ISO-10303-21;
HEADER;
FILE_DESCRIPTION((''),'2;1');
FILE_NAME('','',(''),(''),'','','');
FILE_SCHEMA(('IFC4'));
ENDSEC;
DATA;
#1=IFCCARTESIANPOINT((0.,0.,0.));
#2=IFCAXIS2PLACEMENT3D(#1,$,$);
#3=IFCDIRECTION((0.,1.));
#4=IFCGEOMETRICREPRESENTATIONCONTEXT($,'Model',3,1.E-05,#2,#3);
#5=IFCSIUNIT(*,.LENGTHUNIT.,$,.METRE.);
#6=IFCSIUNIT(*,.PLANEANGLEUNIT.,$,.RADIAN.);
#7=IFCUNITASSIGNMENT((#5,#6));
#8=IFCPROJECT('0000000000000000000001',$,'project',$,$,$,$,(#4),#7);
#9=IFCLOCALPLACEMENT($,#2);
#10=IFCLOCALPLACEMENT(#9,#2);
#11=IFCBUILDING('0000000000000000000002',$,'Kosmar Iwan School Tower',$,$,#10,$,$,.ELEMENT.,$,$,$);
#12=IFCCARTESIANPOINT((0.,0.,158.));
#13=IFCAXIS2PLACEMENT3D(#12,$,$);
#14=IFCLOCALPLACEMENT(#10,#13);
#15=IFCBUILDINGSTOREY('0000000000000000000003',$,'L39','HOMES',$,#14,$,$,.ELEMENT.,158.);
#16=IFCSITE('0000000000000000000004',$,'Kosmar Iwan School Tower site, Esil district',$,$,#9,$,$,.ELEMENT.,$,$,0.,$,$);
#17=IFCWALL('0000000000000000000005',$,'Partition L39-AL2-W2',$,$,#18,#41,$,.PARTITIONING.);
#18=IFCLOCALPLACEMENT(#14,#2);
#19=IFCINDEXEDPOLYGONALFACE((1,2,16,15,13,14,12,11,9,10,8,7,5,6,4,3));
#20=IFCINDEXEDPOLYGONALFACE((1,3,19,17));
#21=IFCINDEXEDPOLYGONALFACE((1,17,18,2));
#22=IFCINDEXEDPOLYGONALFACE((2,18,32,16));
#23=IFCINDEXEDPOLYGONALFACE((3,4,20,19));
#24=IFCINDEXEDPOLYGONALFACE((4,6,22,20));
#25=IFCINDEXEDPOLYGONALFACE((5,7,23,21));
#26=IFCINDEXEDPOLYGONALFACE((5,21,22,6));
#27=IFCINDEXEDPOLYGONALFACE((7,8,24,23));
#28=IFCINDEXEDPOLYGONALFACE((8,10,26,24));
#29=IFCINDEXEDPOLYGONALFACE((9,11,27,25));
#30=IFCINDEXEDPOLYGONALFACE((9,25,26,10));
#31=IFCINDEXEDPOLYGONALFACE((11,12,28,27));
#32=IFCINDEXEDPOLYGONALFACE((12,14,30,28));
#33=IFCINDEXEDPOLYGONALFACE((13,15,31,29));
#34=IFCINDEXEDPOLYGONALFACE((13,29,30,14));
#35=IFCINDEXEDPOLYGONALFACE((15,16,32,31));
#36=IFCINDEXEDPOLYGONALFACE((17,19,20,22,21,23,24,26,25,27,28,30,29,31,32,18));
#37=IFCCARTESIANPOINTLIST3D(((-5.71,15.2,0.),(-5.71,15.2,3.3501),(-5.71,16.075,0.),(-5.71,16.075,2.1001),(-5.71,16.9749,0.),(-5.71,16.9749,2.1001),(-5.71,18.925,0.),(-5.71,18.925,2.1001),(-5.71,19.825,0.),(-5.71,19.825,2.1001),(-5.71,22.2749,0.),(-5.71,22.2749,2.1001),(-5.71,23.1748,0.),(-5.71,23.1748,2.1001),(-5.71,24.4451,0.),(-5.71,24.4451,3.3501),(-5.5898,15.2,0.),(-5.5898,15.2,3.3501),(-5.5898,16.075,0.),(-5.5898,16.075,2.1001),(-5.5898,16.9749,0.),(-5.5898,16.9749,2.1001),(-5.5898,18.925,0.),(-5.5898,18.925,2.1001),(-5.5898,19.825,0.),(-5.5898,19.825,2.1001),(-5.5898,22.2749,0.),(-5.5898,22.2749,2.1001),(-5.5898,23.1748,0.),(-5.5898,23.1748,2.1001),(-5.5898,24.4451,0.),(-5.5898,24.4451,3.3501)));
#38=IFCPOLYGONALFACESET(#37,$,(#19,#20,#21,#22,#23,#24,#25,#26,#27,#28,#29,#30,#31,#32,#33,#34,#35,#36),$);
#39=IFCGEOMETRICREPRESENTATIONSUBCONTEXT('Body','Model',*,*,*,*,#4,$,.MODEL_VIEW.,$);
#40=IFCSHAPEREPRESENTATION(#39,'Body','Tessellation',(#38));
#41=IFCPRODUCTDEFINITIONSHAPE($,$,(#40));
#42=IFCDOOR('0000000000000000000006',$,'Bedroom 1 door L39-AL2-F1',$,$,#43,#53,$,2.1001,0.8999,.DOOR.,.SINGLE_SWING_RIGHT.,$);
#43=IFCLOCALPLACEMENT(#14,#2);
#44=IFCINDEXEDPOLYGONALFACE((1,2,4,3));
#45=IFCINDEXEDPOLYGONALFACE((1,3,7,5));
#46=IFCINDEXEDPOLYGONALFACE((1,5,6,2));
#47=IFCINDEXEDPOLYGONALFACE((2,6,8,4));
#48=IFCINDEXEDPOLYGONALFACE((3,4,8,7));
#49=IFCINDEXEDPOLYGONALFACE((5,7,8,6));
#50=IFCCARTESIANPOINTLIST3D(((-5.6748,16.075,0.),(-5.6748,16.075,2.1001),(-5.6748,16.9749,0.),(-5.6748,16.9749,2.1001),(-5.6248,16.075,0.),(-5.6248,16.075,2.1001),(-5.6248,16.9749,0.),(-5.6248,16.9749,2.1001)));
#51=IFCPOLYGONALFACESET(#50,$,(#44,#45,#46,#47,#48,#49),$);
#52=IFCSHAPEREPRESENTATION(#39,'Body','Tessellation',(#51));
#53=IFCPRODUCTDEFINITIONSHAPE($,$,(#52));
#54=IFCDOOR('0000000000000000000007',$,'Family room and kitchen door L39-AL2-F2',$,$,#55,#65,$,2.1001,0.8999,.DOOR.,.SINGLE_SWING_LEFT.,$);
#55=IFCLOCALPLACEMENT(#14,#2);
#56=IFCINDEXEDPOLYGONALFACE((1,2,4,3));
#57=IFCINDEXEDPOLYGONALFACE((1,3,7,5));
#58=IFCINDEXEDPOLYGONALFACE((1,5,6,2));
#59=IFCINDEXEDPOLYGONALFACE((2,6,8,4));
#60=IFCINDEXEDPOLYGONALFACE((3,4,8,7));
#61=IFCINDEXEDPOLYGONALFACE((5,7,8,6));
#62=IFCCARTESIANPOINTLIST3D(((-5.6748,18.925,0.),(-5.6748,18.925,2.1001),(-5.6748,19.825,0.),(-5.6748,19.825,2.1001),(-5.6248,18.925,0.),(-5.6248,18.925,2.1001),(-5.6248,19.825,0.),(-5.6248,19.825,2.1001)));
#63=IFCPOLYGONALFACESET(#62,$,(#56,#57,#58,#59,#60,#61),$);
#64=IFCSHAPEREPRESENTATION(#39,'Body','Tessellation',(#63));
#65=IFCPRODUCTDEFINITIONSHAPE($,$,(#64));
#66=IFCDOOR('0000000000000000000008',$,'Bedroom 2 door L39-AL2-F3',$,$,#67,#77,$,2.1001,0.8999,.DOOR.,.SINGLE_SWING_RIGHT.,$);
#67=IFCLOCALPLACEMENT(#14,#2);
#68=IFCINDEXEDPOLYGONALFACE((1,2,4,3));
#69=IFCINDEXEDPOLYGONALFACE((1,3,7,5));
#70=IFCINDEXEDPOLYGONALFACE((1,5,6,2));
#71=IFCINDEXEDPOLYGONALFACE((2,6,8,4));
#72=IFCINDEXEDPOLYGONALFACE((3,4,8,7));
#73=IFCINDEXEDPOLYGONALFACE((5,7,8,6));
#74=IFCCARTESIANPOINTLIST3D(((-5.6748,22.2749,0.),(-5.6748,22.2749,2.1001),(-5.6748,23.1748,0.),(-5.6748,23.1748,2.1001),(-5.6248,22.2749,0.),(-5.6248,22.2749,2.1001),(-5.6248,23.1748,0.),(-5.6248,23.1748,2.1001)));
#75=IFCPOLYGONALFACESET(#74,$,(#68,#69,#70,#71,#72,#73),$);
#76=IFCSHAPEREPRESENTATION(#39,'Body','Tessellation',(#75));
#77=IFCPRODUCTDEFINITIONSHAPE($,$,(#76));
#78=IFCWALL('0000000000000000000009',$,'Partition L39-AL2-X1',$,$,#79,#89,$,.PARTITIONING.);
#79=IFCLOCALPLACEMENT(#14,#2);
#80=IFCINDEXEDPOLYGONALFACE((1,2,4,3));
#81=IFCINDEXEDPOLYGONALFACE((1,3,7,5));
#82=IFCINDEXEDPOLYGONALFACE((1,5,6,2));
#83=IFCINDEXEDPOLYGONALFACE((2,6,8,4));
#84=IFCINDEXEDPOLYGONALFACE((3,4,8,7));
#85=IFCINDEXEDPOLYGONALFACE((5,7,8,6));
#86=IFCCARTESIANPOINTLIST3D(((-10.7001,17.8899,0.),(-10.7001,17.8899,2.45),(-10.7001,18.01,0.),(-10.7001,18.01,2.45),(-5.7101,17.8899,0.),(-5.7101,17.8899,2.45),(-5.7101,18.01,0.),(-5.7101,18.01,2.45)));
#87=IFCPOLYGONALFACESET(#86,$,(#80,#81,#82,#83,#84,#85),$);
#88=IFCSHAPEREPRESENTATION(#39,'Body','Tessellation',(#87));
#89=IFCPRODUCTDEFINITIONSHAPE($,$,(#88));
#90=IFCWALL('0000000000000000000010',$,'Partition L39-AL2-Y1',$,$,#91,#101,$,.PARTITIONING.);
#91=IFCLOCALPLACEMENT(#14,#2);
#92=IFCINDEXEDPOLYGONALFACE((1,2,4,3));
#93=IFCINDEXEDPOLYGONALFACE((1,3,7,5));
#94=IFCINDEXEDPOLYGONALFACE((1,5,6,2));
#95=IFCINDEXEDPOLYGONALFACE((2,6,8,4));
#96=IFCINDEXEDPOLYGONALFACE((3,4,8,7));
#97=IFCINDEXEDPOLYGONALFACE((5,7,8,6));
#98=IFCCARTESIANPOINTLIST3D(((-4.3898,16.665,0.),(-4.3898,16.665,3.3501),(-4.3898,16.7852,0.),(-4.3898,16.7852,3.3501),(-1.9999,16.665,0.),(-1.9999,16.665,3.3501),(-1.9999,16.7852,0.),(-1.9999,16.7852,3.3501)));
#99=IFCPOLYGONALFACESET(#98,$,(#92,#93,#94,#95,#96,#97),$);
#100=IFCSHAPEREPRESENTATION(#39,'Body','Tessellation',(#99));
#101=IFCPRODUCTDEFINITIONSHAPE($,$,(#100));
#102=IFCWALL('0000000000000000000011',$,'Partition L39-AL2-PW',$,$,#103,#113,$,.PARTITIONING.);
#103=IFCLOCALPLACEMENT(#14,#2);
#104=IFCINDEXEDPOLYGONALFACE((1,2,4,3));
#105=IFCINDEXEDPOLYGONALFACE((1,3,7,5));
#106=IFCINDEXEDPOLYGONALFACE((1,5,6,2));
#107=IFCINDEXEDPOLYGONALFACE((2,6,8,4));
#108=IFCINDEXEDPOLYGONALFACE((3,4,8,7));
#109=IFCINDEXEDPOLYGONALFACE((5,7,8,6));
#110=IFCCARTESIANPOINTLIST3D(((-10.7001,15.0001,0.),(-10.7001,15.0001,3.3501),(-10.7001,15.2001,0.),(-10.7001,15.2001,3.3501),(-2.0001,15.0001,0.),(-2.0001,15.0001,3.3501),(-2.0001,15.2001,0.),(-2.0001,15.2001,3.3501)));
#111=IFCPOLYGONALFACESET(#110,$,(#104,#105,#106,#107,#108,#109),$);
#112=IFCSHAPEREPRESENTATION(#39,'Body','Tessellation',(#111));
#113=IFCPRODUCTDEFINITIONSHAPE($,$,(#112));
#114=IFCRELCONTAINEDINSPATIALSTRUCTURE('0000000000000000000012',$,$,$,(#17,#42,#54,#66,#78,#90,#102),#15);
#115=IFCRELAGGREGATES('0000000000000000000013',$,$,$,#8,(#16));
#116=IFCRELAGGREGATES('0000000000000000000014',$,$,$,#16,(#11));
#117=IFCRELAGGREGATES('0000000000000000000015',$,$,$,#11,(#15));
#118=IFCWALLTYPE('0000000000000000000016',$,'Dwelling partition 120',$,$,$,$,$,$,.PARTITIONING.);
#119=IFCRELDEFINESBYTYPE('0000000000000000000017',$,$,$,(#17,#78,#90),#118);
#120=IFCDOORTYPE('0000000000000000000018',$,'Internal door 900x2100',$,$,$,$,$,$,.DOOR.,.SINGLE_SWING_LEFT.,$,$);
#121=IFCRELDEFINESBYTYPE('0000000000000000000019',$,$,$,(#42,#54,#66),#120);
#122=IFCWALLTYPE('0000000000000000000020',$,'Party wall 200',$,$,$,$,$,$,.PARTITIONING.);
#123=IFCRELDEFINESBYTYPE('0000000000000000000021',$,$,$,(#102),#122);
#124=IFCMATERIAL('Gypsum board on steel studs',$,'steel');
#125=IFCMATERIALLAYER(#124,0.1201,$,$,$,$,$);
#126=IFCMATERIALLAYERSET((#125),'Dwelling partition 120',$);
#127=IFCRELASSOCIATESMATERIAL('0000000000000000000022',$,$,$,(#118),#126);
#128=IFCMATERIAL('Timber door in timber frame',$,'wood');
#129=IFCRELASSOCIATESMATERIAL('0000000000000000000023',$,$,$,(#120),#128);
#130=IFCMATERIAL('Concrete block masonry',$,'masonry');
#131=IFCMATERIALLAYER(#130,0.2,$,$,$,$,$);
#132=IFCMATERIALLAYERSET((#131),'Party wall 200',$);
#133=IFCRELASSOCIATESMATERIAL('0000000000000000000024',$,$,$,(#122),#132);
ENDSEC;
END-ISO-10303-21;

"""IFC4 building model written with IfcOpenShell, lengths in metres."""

from ifc_helpers import new_model, si_unit, direction, frame, frame_2d, origin, place, context, subcontext, project, spatial, rectangle, extrude, material, layer, layer_set, type_object, element, fill, save


model = new_model("IFC4")

# Units and contexts
model_context = context("Model", 3, precision=1e-05, world=origin(), true_north=direction((0.0, 1.0)))
body_context = subcontext(model_context, "Body", "Model", "MODEL_VIEW")
ifc_project = project(units=[si_unit("LENGTHUNIT", "METRE"), si_unit("PLANEANGLEUNIT", "RADIAN")], contexts=[model_context])

# Site, building, storey
site_placement = place(None, origin())
site = spatial("IfcSite", under=ifc_project, at=site_placement, Name="Kosmar Iwan School Tower site, Esil district", CompositionType="ELEMENT", RefElevation=0.0)
building_placement = place(site_placement, origin())
building = spatial("IfcBuilding", under=site, at=building_placement, Name="Kosmar Iwan School Tower", CompositionType="ELEMENT")
storey_placement = place(building_placement, frame((0.0, 0.0, 158.0)))
storey = spatial("IfcBuildingStorey", under=building, at=storey_placement, Name="L39", Description="HOMES", CompositionType="ELEMENT", Elevation=158.0)

# Shared definitions
ifc_material_1 = material(Name="Gypsum board on steel studs", Category="steel")
ifc_layer_1 = layer(ifc_material_1, 0.1201)
ifc_layer_set_1 = layer_set([ifc_layer_1], Name="Dwelling partition 120")
wall_type_1 = type_object("IfcWallType", Name="Dwelling partition 120", PredefinedType="PARTITIONING", material=ifc_layer_set_1)

# Wall, openings, doors
ifc_material_2 = material(Name="Timber door in timber frame", Category="wood")
door_type_1 = type_object("IfcDoorType", Name="Internal door 900x2100", OperationType="SINGLE_SWING_LEFT", PredefinedType="DOOR", material=ifc_material_2)
wall_1_placement = place(storey_placement, frame((-5.6499, 15.2, 0.0), z_axis=(0.0, 0.0, 1.0), x_axis=(0.0, 1.0, 0.0)))
wall_1 = element("IfcWall", 1, at=wall_1_placement, inside=storey, type_object=wall_type_1, Name="Partition L39-AL2-W2", PredefinedType="PARTITIONING", context=body_context, shape_type="SweptSolid", body=[
    extrude(rectangle(XDim=9.2451, YDim=0.1201, at=frame_2d((4.6226, 0.0))), origin(), (0.0, 0.0, 1.0), 3.3501),
])
opening_1_placement = place(wall_1_placement, frame((0.875, 0.0, 0.0)))
opening_1 = element("IfcOpeningElement", 2, at=opening_1_placement, cuts=wall_1, PredefinedType="OPENING", context=body_context, shape_type="SweptSolid", body=[
    extrude(rectangle(XDim=0.8999, YDim=2.1001, at=frame_2d((0.45, 1.05))), frame((0.0, 0.072, 0.0), z_axis=(0.0, -1.0, 0.0), x_axis=(1.0, 0.0, 0.0)), (0.0, 0.0, 1.0), 0.144),
])
opening_2_placement = place(wall_1_placement, frame((3.7251, 0.0, 0.0)))
opening_2 = element("IfcOpeningElement", 3, at=opening_2_placement, cuts=wall_1, PredefinedType="OPENING", context=body_context, shape_type="SweptSolid", body=[
    extrude(rectangle(XDim=0.8999, YDim=2.1001, at=frame_2d((0.45, 1.05))), frame((0.0, 0.072, 0.0), z_axis=(0.0, -1.0, 0.0), x_axis=(1.0, 0.0, 0.0)), (0.0, 0.0, 1.0), 0.144),
])
opening_3_placement = place(wall_1_placement, frame((7.075, 0.0, 0.0)))
opening_3 = element("IfcOpeningElement", 4, at=opening_3_placement, cuts=wall_1, PredefinedType="OPENING", context=body_context, shape_type="SweptSolid", body=[
    extrude(rectangle(XDim=0.8999, YDim=2.1001, at=frame_2d((0.45, 1.05))), frame((0.0, 0.072, 0.0), z_axis=(0.0, -1.0, 0.0), x_axis=(1.0, 0.0, 0.0)), (0.0, 0.0, 1.0), 0.144),
])
door_1_placement = place(opening_1_placement, origin())
door_1 = element("IfcDoor", 5, at=door_1_placement, inside=storey, type_object=door_type_1, Name="Bedroom 1 door L39-AL2-F1", OperationType="SINGLE_SWING_RIGHT", OverallHeight=2.1001, OverallWidth=0.8999, PredefinedType="DOOR", context=body_context, shape_type="SweptSolid", body=[
    extrude(rectangle(XDim=0.8999, YDim=2.1001, at=frame_2d((0.45, 1.05))), frame((0.0, 0.0249, 0.0), z_axis=(0.0, -1.0, 0.0), x_axis=(1.0, 0.0, 0.0)), (0.0, 0.0, 1.0), 0.05),
])
fill(opening_1, door_1)
door_2_placement = place(opening_2_placement, origin())
door_2 = element("IfcDoor", 6, at=door_2_placement, inside=storey, type_object=door_type_1, Name="Family room and kitchen door L39-AL2-F2", OperationType="SINGLE_SWING_LEFT", OverallHeight=2.1001, OverallWidth=0.8999, PredefinedType="DOOR", context=body_context, shape_type="SweptSolid", body=[
    extrude(rectangle(XDim=0.8999, YDim=2.1001, at=frame_2d((0.45, 1.05))), frame((0.0, 0.0249, 0.0), z_axis=(0.0, -1.0, 0.0), x_axis=(1.0, 0.0, 0.0)), (0.0, 0.0, 1.0), 0.05),
])
fill(opening_2, door_2)
door_3_placement = place(opening_3_placement, origin())
door_3 = element("IfcDoor", 7, at=door_3_placement, inside=storey, type_object=door_type_1, Name="Bedroom 2 door L39-AL2-F3", OperationType="SINGLE_SWING_RIGHT", OverallHeight=2.1001, OverallWidth=0.8999, PredefinedType="DOOR", context=body_context, shape_type="SweptSolid", body=[
    extrude(rectangle(XDim=0.8999, YDim=2.1001, at=frame_2d((0.45, 1.05))), frame((0.0, 0.0249, 0.0), z_axis=(0.0, -1.0, 0.0), x_axis=(1.0, 0.0, 0.0)), (0.0, 0.0, 1.0), 0.05),
])
fill(opening_3, door_3)

# Walls
wall_2_placement = place(storey_placement, frame((-5.71, 17.95, 0.0), z_axis=(0.0, 0.0, 1.0), x_axis=(-1.0, 0.0, 0.0)))
element("IfcWall", 8, at=wall_2_placement, inside=storey, type_object=wall_type_1, Name="Partition L39-AL2-X1", PredefinedType="PARTITIONING", context=body_context, shape_type="SweptSolid", body=[
    extrude(rectangle(XDim=4.99, YDim=0.1201, at=frame_2d((2.4951, 0.0))), origin(), (0.0, 0.0, 1.0), 2.45),
])
wall_3_placement = place(storey_placement, frame((-2.0, 16.7251, 0.0), z_axis=(0.0, 0.0, 1.0), x_axis=(-1.0, 0.0, 0.0)))
element("IfcWall", 9, at=wall_3_placement, inside=storey, type_object=wall_type_1, Name="Partition L39-AL2-Y1", PredefinedType="PARTITIONING", context=body_context, shape_type="SweptSolid", body=[
    extrude(rectangle(XDim=2.3899, YDim=0.1201, at=frame_2d((1.1948, 0.0))), origin(), (0.0, 0.0, 1.0), 3.3501),
])
ifc_material_3 = material(Name="Concrete block masonry", Category="masonry")
ifc_layer_2 = layer(ifc_material_3, 0.2)
ifc_layer_set_2 = layer_set([ifc_layer_2], Name="Party wall 200")
wall_type_2 = type_object("IfcWallType", Name="Party wall 200", PredefinedType="PARTITIONING", material=ifc_layer_set_2)
wall_4_placement = place(storey_placement, frame((-2.0, 15.1001, 0.0), z_axis=(0.0, 0.0, 1.0), x_axis=(-1.0, 0.0, 0.0)))
element("IfcWall", 10, at=wall_4_placement, inside=storey, type_object=wall_type_2, Name="Partition L39-AL2-PW", PredefinedType="PARTITIONING", context=body_context, shape_type="SweptSolid", body=[
    extrude(rectangle(XDim=8.7, YDim=0.2, at=frame_2d((4.3501, 0.0))), origin(), (0.0, 0.0, 1.0), 3.3501),
])

save(model, "model.ifc")
